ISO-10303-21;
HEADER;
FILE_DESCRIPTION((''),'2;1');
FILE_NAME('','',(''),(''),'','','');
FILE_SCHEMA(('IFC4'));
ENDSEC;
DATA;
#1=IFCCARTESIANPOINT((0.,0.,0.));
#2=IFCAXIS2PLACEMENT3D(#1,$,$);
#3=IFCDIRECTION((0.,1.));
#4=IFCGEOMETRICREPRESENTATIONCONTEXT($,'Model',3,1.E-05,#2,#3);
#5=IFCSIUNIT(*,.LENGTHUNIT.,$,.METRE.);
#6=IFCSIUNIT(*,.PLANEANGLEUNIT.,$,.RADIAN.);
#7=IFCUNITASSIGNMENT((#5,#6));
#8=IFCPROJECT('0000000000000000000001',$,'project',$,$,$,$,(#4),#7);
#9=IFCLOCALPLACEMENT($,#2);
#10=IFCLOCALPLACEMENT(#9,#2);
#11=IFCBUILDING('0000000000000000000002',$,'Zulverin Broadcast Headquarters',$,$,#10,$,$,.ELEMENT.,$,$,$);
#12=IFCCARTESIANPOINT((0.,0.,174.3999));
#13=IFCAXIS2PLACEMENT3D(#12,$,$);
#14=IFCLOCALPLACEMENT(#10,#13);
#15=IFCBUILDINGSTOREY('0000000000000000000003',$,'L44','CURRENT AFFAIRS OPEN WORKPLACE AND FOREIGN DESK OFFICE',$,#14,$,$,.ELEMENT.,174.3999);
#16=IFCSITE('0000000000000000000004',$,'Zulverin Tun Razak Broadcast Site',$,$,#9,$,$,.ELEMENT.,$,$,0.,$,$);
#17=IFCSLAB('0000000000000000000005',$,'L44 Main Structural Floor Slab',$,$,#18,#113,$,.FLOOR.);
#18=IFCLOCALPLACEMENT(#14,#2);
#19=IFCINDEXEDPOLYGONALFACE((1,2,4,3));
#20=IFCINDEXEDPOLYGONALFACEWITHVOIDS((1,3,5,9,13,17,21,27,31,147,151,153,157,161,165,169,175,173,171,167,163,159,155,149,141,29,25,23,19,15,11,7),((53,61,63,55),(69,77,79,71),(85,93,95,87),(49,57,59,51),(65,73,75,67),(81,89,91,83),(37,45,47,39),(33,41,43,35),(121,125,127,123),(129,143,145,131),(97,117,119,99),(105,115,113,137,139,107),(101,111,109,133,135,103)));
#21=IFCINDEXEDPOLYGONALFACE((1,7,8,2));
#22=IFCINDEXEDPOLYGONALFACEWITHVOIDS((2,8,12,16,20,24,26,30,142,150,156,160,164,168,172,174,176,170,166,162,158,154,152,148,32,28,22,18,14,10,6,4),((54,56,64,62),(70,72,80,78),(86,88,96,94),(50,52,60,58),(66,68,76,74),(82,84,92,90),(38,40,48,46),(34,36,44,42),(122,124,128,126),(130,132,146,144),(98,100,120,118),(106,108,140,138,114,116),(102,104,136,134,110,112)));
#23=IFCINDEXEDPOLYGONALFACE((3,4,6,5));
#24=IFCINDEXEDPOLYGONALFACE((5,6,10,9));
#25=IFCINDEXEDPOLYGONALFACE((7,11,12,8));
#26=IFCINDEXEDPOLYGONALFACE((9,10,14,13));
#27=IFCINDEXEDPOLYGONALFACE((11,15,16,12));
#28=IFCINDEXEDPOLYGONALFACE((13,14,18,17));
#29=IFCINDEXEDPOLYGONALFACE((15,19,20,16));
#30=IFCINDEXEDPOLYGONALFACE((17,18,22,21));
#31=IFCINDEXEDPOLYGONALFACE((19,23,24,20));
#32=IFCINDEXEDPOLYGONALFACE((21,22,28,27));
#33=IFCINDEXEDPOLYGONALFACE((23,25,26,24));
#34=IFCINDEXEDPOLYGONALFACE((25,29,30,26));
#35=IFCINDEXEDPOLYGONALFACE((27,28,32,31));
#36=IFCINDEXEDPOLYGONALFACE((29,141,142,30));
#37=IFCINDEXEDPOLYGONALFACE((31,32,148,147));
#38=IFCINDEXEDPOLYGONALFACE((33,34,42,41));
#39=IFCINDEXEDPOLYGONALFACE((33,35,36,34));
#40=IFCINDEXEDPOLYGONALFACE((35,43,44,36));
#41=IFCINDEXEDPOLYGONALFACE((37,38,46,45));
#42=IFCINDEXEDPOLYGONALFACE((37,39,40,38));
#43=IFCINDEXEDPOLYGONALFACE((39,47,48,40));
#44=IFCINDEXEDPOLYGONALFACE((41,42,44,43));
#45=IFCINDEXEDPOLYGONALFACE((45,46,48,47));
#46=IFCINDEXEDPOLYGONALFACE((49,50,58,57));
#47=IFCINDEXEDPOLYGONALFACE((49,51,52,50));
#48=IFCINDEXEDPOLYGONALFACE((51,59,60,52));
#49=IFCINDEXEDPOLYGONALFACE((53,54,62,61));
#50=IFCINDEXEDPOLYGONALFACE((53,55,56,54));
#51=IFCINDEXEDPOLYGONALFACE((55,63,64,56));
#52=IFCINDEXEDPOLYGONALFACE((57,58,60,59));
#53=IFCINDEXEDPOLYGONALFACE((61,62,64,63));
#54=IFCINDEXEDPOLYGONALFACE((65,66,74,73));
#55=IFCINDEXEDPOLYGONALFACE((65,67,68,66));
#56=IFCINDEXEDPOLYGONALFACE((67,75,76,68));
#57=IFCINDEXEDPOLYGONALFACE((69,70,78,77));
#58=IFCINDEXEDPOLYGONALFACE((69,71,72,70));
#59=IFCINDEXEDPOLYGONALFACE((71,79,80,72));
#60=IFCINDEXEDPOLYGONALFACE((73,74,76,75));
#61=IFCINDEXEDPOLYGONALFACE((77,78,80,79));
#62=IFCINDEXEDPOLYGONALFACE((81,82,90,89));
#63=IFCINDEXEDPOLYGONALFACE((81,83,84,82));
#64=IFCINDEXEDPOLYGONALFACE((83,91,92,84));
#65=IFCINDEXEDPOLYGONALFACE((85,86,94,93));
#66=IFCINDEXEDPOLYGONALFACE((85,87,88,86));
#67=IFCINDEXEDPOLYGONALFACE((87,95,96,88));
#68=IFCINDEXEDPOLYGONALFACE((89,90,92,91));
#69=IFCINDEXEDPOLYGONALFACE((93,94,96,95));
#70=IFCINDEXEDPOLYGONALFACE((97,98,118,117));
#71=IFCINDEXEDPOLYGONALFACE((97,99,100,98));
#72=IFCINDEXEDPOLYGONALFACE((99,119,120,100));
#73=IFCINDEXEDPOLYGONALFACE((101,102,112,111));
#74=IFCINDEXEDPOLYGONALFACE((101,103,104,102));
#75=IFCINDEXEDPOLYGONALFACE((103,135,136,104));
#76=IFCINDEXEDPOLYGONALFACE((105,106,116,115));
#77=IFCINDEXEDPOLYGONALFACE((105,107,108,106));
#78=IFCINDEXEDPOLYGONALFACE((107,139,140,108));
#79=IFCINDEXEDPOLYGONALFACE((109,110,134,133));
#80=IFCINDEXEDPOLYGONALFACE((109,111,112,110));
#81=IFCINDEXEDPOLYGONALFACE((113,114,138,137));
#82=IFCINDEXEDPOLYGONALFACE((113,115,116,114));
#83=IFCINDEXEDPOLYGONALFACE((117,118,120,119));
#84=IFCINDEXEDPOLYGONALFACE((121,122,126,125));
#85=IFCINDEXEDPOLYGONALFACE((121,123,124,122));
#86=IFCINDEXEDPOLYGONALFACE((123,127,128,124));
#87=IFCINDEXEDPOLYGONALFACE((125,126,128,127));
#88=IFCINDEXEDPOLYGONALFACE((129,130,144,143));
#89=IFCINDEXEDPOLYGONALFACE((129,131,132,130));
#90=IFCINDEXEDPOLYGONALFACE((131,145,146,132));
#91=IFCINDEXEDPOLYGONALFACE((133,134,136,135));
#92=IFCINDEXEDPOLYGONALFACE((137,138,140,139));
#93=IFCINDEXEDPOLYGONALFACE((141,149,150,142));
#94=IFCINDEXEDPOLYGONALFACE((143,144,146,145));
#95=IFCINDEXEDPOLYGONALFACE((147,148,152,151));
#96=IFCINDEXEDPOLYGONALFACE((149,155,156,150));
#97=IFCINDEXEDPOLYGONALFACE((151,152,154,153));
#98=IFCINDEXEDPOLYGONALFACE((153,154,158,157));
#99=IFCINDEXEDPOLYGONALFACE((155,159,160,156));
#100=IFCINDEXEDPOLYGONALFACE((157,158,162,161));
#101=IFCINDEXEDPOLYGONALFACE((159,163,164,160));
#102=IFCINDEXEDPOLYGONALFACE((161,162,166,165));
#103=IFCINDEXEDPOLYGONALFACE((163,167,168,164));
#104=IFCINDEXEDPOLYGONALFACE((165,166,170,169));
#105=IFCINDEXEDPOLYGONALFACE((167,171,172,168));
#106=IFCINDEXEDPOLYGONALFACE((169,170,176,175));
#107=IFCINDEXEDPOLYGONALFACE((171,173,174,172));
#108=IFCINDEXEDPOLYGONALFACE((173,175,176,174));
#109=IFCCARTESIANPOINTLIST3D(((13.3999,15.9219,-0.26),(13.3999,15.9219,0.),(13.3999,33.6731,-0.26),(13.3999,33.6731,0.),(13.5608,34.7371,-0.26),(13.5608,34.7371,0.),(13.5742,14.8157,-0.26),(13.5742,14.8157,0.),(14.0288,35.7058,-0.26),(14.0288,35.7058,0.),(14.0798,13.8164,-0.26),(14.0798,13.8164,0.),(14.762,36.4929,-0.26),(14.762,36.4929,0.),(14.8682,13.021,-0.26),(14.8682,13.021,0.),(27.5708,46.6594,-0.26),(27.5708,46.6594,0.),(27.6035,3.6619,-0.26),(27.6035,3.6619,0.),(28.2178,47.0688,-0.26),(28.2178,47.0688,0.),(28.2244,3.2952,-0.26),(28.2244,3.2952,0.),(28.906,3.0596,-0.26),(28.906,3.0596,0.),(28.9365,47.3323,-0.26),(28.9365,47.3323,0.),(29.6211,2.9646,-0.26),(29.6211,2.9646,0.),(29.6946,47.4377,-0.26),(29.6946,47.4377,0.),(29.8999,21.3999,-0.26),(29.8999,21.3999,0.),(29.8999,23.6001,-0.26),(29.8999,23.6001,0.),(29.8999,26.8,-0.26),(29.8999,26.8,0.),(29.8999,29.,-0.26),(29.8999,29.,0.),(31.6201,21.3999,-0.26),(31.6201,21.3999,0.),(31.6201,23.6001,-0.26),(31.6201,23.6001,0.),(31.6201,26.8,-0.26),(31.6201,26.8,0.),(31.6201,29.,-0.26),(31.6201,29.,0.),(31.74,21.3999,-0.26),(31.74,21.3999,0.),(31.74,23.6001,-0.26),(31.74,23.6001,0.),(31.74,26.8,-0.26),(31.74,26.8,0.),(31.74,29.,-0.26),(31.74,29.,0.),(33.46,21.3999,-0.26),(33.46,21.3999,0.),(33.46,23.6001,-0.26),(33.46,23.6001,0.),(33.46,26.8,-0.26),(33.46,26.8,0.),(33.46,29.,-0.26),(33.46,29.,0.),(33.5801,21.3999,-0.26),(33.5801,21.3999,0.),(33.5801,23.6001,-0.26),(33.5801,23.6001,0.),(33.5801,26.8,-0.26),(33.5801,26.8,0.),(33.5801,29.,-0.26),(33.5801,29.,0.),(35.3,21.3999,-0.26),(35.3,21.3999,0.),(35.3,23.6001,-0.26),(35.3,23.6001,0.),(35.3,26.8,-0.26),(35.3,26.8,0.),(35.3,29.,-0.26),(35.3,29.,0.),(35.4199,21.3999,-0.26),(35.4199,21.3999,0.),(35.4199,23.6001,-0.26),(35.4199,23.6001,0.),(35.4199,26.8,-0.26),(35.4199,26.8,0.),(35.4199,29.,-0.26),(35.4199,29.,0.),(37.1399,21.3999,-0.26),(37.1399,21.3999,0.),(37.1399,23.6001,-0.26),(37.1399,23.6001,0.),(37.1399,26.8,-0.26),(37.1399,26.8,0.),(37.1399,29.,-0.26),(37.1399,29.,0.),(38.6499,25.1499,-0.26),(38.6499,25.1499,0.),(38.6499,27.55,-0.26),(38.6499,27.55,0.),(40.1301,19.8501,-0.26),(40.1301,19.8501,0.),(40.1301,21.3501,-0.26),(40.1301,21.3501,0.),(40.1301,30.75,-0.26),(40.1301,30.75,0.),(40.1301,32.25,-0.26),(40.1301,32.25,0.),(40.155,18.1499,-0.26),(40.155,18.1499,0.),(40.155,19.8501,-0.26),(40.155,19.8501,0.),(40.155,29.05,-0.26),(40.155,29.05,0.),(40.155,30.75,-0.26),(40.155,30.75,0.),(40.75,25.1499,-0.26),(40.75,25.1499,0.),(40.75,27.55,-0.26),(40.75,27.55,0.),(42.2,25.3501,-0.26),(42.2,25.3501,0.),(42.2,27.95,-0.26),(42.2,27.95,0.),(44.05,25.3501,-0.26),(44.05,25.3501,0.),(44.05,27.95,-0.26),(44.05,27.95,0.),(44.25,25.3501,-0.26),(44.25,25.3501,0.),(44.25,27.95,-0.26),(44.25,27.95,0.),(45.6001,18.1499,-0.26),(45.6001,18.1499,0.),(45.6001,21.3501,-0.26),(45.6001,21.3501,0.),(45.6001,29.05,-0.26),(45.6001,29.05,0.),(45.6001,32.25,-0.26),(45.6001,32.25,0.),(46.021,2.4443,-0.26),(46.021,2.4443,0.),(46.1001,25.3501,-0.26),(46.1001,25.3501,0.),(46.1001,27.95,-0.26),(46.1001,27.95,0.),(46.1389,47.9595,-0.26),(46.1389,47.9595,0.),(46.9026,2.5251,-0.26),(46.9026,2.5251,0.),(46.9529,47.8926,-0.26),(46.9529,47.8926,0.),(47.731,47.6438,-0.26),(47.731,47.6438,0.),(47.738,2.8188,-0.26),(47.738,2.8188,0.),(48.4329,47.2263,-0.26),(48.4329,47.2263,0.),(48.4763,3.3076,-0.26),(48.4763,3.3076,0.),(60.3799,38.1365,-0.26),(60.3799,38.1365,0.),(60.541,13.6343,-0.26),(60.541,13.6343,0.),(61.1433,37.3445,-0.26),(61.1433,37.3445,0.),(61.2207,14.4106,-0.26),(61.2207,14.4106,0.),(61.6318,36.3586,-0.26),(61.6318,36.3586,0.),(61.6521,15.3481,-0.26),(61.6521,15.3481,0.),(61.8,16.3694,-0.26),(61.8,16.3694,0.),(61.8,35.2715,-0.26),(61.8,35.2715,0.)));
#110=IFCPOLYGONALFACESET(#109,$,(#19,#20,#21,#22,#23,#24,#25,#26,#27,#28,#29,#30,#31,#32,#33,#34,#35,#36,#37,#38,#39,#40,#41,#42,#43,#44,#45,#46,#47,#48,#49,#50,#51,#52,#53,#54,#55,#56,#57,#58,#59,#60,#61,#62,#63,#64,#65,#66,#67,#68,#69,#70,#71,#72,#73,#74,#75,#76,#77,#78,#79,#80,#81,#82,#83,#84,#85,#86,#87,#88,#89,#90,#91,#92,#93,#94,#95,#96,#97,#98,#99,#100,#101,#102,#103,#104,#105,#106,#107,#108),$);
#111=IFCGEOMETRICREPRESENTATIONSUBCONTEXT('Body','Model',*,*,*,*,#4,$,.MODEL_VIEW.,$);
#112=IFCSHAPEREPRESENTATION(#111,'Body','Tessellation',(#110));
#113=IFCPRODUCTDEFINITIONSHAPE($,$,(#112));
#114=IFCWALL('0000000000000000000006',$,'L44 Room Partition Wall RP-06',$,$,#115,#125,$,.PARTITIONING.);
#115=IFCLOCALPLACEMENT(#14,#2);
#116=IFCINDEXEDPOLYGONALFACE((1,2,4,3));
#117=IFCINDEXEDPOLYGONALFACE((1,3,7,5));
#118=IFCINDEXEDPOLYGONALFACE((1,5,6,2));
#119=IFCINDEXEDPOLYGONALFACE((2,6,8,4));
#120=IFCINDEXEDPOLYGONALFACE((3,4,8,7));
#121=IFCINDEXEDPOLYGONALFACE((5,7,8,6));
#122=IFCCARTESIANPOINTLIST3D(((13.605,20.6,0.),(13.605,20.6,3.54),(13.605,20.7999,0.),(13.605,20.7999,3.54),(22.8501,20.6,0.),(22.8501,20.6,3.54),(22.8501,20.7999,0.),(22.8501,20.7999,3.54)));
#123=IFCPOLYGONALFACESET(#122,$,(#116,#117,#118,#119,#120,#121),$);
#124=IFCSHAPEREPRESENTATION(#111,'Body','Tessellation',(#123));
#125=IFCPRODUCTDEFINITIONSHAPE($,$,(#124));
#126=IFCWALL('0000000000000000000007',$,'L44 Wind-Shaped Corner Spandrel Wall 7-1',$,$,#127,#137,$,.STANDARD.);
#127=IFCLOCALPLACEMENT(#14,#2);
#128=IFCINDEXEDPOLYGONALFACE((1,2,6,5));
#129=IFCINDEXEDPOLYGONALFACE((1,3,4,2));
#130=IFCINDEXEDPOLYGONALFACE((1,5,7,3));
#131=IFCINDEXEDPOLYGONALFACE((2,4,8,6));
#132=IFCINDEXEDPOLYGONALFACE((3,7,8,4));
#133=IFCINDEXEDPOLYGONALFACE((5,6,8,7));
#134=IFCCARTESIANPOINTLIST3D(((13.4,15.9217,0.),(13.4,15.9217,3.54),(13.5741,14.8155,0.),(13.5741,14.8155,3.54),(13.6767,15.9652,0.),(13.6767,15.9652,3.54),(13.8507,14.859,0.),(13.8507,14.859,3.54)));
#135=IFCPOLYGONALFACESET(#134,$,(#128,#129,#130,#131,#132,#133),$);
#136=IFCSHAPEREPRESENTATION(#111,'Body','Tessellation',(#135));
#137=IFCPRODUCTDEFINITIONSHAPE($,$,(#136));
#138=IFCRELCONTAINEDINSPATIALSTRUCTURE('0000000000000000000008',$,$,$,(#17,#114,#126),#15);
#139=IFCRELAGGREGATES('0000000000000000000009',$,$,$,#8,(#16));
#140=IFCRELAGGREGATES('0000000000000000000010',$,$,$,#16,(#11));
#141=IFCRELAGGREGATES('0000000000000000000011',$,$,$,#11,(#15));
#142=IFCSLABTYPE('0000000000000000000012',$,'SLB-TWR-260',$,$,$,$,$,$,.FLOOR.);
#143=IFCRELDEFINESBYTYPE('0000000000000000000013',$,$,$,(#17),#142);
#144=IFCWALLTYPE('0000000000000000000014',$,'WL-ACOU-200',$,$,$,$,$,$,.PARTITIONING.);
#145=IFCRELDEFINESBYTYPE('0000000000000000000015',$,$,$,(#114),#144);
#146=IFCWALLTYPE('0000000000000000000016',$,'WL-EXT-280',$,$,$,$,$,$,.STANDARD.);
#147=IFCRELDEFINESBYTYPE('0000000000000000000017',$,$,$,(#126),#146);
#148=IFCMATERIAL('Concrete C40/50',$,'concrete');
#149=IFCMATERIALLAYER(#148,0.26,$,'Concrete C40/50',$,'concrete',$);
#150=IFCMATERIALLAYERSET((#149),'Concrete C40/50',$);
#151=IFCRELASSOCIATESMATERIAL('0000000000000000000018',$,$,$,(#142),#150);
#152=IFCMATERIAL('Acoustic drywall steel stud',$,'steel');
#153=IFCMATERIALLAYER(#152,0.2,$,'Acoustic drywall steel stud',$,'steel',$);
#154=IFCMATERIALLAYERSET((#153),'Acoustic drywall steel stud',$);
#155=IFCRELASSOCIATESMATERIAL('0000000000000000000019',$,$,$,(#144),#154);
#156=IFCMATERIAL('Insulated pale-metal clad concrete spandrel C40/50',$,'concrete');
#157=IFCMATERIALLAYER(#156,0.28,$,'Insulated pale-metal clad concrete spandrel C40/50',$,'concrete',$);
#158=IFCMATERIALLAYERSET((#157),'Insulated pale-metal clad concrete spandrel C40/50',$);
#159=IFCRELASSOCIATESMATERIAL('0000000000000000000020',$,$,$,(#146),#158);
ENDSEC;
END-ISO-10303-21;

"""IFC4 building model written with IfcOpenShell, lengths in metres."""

from ifc_helpers import new_model, si_unit, direction, frame, frame_2d, origin, place, context, subcontext, project, spatial, polyline, rectangle, outline, extrude, material, layer, layer_set, type_object, element, save


model = new_model("IFC4")

# Units and contexts
model_context = context("Model", 3, precision=1e-05, world=origin(), true_north=direction((0.0, 1.0)))
body_context = subcontext(model_context, "Body", "Model", "MODEL_VIEW")
ifc_project = project(units=[si_unit("LENGTHUNIT", "METRE"), si_unit("PLANEANGLEUNIT", "RADIAN")], contexts=[model_context])

# Site, building, storey
site_placement = place(None, origin())
site = spatial("IfcSite", under=ifc_project, at=site_placement, Name="Zulverin Tun Razak Broadcast Site", CompositionType="ELEMENT", RefElevation=0.0)
building_placement = place(site_placement, origin())
building = spatial("IfcBuilding", under=site, at=building_placement, Name="Zulverin Broadcast Headquarters", CompositionType="ELEMENT")
storey_placement = place(building_placement, frame((0.0, 0.0, 174.3999)))
storey = spatial("IfcBuildingStorey", under=building, at=storey_placement, Name="L44", Description="CURRENT AFFAIRS OPEN WORKPLACE AND FOREIGN DESK OFFICE", CompositionType="ELEMENT", Elevation=174.3999)

# Shared definitions
ifc_material_1 = material(Name="Concrete C40/50", Category="concrete")

# Slab
ifc_layer_1 = layer(ifc_material_1, 0.26, Name="Concrete C40/50", Category="concrete")
ifc_layer_set_1 = layer_set([ifc_layer_1], Name="Concrete C40/50")
slab_type_1 = type_object("IfcSlabType", Name="SLB-TWR-260", PredefinedType="FLOOR", material=ifc_layer_set_1)
slab_1_placement = place(storey_placement, frame((0.0, 0.0, -0.26)))
element("IfcSlab", 1, at=slab_1_placement, inside=storey, type_object=slab_type_1, Name="L44 Main Structural Floor Slab", PredefinedType="FLOOR", context=body_context, shape_type="SweptSolid", body=[
    extrude(outline(polyline([(27.6035, 3.6619), (28.2244, 3.2952), (28.906, 3.0596), (29.6211, 2.9646), (46.021, 2.4443), (46.9026, 2.5251), (47.738, 2.8188), (48.4763, 3.3076), (60.541, 13.6343), (61.2207, 14.4106), (61.6521, 15.3481), (61.8, 16.3694), (61.8, 35.2715), (61.6318, 36.3586), (61.1433, 37.3445), (60.3799, 38.1365), (48.4329, 47.2263), (47.731, 47.6438), (46.9529, 47.8926), (46.1389, 47.9595), (29.6946, 47.4377), (28.9365, 47.3323), (28.2178, 47.0688), (27.5708, 46.6594), (14.762, 36.4929), (14.0288, 35.7058), (13.5608, 34.7371), (13.3999, 33.6731), (13.3999, 15.9219), (13.5742, 14.8157), (14.0798, 13.8164), (14.8682, 13.021), (27.6035, 3.6619)]), holes=[polyline([(40.155, 30.75), (40.1301, 30.75), (40.1301, 32.25), (45.6001, 32.25), (45.6001, 29.05), (40.155, 29.05), (40.155, 30.75)]), polyline([(40.155, 19.8501), (40.1301, 19.8501), (40.1301, 21.3501), (45.6001, 21.3501), (45.6001, 18.1499), (40.155, 18.1499), (40.155, 19.8501)]), polyline([(29.8999, 21.3999), (31.6201, 21.3999), (31.6201, 23.6001), (29.8999, 23.6001), (29.8999, 21.3999)]), polyline([(31.74, 21.3999), (33.46, 21.3999), (33.46, 23.6001), (31.74, 23.6001), (31.74, 21.3999)]), polyline([(33.5801, 21.3999), (35.3, 21.3999), (35.3, 23.6001), (33.5801, 23.6001), (33.5801, 21.3999)]), polyline([(35.4199, 21.3999), (37.1399, 21.3999), (37.1399, 23.6001), (35.4199, 23.6001), (35.4199, 21.3999)]), polyline([(29.8999, 26.8), (31.6201, 26.8), (31.6201, 29.0), (29.8999, 29.0), (29.8999, 26.8)]), polyline([(31.74, 26.8), (33.46, 26.8), (33.46, 29.0), (31.74, 29.0), (31.74, 26.8)]), polyline([(33.5801, 26.8), (35.3, 26.8), (35.3, 29.0), (33.5801, 29.0), (33.5801, 26.8)]), polyline([(35.4199, 26.8), (37.1399, 26.8), (37.1399, 29.0), (35.4199, 29.0), (35.4199, 26.8)]), polyline([(42.2, 25.3501), (44.05, 25.3501), (44.05, 27.95), (42.2, 27.95), (42.2, 25.3501)]), polyline([(44.25, 25.3501), (46.1001, 25.3501), (46.1001, 27.95), (44.25, 27.95), (44.25, 25.3501)]), polyline([(38.6499, 25.1499), (40.75, 25.1499), (40.75, 27.55), (38.6499, 27.55), (38.6499, 25.1499)])]), origin(), (0.0, 0.0, 1.0), 0.26),
])

# Walls
ifc_material_2 = material(Name="Acoustic drywall steel stud", Category="steel")
ifc_layer_2 = layer(ifc_material_2, 0.2, Name="Acoustic drywall steel stud", Category="steel")
ifc_layer_set_2 = layer_set([ifc_layer_2], Name="Acoustic drywall steel stud")
wall_type_1 = type_object("IfcWallType", Name="WL-ACOU-200", PredefinedType="PARTITIONING", material=ifc_layer_set_2)
wall_1_placement = place(storey_placement, frame((13.605, 20.7, 0.0), z_axis=(0.0, 0.0, 1.0), x_axis=(1.0, 0.0, 0.0)))
element("IfcWall", 2, at=wall_1_placement, inside=storey, type_object=wall_type_1, Name="L44 Room Partition Wall RP-06", PredefinedType="PARTITIONING", context=body_context, shape_type="SweptSolid", body=[
    extrude(rectangle(XDim=9.2451, YDim=0.2, at=frame_2d((4.6226, 0.0))), origin(), (0.0, 0.0, 1.0), 3.54),
])
ifc_material_3 = material(Name="Insulated pale-metal clad concrete spandrel C40/50", Category="concrete")
ifc_layer_3 = layer(ifc_material_3, 0.28, Name="Insulated pale-metal clad concrete spandrel C40/50", Category="concrete")
ifc_layer_set_3 = layer_set([ifc_layer_3], Name="Insulated pale-metal clad concrete spandrel C40/50")
wall_type_2 = type_object("IfcWallType", Name="WL-EXT-280", PredefinedType="STANDARD", material=ifc_layer_set_3)
wall_2_placement = place(storey_placement, frame((13.5383, 15.9436, 0.0), z_axis=(0.0, 0.0, 1.0), x_axis=(0.155448, -0.987844, 0.0)))
element("IfcWall", 3, at=wall_2_placement, inside=storey, type_object=wall_type_2, Name="L44 Wind-Shaped Corner Spandrel Wall 7-1", PredefinedType="STANDARD", context=body_context, shape_type="SweptSolid", body=[
    extrude(rectangle(XDim=1.1199, YDim=0.28, at=frame_2d((0.5601, 0.0))), origin(), (0.0, 0.0, 1.0), 3.54),
])

save(model, "model.ifc")
